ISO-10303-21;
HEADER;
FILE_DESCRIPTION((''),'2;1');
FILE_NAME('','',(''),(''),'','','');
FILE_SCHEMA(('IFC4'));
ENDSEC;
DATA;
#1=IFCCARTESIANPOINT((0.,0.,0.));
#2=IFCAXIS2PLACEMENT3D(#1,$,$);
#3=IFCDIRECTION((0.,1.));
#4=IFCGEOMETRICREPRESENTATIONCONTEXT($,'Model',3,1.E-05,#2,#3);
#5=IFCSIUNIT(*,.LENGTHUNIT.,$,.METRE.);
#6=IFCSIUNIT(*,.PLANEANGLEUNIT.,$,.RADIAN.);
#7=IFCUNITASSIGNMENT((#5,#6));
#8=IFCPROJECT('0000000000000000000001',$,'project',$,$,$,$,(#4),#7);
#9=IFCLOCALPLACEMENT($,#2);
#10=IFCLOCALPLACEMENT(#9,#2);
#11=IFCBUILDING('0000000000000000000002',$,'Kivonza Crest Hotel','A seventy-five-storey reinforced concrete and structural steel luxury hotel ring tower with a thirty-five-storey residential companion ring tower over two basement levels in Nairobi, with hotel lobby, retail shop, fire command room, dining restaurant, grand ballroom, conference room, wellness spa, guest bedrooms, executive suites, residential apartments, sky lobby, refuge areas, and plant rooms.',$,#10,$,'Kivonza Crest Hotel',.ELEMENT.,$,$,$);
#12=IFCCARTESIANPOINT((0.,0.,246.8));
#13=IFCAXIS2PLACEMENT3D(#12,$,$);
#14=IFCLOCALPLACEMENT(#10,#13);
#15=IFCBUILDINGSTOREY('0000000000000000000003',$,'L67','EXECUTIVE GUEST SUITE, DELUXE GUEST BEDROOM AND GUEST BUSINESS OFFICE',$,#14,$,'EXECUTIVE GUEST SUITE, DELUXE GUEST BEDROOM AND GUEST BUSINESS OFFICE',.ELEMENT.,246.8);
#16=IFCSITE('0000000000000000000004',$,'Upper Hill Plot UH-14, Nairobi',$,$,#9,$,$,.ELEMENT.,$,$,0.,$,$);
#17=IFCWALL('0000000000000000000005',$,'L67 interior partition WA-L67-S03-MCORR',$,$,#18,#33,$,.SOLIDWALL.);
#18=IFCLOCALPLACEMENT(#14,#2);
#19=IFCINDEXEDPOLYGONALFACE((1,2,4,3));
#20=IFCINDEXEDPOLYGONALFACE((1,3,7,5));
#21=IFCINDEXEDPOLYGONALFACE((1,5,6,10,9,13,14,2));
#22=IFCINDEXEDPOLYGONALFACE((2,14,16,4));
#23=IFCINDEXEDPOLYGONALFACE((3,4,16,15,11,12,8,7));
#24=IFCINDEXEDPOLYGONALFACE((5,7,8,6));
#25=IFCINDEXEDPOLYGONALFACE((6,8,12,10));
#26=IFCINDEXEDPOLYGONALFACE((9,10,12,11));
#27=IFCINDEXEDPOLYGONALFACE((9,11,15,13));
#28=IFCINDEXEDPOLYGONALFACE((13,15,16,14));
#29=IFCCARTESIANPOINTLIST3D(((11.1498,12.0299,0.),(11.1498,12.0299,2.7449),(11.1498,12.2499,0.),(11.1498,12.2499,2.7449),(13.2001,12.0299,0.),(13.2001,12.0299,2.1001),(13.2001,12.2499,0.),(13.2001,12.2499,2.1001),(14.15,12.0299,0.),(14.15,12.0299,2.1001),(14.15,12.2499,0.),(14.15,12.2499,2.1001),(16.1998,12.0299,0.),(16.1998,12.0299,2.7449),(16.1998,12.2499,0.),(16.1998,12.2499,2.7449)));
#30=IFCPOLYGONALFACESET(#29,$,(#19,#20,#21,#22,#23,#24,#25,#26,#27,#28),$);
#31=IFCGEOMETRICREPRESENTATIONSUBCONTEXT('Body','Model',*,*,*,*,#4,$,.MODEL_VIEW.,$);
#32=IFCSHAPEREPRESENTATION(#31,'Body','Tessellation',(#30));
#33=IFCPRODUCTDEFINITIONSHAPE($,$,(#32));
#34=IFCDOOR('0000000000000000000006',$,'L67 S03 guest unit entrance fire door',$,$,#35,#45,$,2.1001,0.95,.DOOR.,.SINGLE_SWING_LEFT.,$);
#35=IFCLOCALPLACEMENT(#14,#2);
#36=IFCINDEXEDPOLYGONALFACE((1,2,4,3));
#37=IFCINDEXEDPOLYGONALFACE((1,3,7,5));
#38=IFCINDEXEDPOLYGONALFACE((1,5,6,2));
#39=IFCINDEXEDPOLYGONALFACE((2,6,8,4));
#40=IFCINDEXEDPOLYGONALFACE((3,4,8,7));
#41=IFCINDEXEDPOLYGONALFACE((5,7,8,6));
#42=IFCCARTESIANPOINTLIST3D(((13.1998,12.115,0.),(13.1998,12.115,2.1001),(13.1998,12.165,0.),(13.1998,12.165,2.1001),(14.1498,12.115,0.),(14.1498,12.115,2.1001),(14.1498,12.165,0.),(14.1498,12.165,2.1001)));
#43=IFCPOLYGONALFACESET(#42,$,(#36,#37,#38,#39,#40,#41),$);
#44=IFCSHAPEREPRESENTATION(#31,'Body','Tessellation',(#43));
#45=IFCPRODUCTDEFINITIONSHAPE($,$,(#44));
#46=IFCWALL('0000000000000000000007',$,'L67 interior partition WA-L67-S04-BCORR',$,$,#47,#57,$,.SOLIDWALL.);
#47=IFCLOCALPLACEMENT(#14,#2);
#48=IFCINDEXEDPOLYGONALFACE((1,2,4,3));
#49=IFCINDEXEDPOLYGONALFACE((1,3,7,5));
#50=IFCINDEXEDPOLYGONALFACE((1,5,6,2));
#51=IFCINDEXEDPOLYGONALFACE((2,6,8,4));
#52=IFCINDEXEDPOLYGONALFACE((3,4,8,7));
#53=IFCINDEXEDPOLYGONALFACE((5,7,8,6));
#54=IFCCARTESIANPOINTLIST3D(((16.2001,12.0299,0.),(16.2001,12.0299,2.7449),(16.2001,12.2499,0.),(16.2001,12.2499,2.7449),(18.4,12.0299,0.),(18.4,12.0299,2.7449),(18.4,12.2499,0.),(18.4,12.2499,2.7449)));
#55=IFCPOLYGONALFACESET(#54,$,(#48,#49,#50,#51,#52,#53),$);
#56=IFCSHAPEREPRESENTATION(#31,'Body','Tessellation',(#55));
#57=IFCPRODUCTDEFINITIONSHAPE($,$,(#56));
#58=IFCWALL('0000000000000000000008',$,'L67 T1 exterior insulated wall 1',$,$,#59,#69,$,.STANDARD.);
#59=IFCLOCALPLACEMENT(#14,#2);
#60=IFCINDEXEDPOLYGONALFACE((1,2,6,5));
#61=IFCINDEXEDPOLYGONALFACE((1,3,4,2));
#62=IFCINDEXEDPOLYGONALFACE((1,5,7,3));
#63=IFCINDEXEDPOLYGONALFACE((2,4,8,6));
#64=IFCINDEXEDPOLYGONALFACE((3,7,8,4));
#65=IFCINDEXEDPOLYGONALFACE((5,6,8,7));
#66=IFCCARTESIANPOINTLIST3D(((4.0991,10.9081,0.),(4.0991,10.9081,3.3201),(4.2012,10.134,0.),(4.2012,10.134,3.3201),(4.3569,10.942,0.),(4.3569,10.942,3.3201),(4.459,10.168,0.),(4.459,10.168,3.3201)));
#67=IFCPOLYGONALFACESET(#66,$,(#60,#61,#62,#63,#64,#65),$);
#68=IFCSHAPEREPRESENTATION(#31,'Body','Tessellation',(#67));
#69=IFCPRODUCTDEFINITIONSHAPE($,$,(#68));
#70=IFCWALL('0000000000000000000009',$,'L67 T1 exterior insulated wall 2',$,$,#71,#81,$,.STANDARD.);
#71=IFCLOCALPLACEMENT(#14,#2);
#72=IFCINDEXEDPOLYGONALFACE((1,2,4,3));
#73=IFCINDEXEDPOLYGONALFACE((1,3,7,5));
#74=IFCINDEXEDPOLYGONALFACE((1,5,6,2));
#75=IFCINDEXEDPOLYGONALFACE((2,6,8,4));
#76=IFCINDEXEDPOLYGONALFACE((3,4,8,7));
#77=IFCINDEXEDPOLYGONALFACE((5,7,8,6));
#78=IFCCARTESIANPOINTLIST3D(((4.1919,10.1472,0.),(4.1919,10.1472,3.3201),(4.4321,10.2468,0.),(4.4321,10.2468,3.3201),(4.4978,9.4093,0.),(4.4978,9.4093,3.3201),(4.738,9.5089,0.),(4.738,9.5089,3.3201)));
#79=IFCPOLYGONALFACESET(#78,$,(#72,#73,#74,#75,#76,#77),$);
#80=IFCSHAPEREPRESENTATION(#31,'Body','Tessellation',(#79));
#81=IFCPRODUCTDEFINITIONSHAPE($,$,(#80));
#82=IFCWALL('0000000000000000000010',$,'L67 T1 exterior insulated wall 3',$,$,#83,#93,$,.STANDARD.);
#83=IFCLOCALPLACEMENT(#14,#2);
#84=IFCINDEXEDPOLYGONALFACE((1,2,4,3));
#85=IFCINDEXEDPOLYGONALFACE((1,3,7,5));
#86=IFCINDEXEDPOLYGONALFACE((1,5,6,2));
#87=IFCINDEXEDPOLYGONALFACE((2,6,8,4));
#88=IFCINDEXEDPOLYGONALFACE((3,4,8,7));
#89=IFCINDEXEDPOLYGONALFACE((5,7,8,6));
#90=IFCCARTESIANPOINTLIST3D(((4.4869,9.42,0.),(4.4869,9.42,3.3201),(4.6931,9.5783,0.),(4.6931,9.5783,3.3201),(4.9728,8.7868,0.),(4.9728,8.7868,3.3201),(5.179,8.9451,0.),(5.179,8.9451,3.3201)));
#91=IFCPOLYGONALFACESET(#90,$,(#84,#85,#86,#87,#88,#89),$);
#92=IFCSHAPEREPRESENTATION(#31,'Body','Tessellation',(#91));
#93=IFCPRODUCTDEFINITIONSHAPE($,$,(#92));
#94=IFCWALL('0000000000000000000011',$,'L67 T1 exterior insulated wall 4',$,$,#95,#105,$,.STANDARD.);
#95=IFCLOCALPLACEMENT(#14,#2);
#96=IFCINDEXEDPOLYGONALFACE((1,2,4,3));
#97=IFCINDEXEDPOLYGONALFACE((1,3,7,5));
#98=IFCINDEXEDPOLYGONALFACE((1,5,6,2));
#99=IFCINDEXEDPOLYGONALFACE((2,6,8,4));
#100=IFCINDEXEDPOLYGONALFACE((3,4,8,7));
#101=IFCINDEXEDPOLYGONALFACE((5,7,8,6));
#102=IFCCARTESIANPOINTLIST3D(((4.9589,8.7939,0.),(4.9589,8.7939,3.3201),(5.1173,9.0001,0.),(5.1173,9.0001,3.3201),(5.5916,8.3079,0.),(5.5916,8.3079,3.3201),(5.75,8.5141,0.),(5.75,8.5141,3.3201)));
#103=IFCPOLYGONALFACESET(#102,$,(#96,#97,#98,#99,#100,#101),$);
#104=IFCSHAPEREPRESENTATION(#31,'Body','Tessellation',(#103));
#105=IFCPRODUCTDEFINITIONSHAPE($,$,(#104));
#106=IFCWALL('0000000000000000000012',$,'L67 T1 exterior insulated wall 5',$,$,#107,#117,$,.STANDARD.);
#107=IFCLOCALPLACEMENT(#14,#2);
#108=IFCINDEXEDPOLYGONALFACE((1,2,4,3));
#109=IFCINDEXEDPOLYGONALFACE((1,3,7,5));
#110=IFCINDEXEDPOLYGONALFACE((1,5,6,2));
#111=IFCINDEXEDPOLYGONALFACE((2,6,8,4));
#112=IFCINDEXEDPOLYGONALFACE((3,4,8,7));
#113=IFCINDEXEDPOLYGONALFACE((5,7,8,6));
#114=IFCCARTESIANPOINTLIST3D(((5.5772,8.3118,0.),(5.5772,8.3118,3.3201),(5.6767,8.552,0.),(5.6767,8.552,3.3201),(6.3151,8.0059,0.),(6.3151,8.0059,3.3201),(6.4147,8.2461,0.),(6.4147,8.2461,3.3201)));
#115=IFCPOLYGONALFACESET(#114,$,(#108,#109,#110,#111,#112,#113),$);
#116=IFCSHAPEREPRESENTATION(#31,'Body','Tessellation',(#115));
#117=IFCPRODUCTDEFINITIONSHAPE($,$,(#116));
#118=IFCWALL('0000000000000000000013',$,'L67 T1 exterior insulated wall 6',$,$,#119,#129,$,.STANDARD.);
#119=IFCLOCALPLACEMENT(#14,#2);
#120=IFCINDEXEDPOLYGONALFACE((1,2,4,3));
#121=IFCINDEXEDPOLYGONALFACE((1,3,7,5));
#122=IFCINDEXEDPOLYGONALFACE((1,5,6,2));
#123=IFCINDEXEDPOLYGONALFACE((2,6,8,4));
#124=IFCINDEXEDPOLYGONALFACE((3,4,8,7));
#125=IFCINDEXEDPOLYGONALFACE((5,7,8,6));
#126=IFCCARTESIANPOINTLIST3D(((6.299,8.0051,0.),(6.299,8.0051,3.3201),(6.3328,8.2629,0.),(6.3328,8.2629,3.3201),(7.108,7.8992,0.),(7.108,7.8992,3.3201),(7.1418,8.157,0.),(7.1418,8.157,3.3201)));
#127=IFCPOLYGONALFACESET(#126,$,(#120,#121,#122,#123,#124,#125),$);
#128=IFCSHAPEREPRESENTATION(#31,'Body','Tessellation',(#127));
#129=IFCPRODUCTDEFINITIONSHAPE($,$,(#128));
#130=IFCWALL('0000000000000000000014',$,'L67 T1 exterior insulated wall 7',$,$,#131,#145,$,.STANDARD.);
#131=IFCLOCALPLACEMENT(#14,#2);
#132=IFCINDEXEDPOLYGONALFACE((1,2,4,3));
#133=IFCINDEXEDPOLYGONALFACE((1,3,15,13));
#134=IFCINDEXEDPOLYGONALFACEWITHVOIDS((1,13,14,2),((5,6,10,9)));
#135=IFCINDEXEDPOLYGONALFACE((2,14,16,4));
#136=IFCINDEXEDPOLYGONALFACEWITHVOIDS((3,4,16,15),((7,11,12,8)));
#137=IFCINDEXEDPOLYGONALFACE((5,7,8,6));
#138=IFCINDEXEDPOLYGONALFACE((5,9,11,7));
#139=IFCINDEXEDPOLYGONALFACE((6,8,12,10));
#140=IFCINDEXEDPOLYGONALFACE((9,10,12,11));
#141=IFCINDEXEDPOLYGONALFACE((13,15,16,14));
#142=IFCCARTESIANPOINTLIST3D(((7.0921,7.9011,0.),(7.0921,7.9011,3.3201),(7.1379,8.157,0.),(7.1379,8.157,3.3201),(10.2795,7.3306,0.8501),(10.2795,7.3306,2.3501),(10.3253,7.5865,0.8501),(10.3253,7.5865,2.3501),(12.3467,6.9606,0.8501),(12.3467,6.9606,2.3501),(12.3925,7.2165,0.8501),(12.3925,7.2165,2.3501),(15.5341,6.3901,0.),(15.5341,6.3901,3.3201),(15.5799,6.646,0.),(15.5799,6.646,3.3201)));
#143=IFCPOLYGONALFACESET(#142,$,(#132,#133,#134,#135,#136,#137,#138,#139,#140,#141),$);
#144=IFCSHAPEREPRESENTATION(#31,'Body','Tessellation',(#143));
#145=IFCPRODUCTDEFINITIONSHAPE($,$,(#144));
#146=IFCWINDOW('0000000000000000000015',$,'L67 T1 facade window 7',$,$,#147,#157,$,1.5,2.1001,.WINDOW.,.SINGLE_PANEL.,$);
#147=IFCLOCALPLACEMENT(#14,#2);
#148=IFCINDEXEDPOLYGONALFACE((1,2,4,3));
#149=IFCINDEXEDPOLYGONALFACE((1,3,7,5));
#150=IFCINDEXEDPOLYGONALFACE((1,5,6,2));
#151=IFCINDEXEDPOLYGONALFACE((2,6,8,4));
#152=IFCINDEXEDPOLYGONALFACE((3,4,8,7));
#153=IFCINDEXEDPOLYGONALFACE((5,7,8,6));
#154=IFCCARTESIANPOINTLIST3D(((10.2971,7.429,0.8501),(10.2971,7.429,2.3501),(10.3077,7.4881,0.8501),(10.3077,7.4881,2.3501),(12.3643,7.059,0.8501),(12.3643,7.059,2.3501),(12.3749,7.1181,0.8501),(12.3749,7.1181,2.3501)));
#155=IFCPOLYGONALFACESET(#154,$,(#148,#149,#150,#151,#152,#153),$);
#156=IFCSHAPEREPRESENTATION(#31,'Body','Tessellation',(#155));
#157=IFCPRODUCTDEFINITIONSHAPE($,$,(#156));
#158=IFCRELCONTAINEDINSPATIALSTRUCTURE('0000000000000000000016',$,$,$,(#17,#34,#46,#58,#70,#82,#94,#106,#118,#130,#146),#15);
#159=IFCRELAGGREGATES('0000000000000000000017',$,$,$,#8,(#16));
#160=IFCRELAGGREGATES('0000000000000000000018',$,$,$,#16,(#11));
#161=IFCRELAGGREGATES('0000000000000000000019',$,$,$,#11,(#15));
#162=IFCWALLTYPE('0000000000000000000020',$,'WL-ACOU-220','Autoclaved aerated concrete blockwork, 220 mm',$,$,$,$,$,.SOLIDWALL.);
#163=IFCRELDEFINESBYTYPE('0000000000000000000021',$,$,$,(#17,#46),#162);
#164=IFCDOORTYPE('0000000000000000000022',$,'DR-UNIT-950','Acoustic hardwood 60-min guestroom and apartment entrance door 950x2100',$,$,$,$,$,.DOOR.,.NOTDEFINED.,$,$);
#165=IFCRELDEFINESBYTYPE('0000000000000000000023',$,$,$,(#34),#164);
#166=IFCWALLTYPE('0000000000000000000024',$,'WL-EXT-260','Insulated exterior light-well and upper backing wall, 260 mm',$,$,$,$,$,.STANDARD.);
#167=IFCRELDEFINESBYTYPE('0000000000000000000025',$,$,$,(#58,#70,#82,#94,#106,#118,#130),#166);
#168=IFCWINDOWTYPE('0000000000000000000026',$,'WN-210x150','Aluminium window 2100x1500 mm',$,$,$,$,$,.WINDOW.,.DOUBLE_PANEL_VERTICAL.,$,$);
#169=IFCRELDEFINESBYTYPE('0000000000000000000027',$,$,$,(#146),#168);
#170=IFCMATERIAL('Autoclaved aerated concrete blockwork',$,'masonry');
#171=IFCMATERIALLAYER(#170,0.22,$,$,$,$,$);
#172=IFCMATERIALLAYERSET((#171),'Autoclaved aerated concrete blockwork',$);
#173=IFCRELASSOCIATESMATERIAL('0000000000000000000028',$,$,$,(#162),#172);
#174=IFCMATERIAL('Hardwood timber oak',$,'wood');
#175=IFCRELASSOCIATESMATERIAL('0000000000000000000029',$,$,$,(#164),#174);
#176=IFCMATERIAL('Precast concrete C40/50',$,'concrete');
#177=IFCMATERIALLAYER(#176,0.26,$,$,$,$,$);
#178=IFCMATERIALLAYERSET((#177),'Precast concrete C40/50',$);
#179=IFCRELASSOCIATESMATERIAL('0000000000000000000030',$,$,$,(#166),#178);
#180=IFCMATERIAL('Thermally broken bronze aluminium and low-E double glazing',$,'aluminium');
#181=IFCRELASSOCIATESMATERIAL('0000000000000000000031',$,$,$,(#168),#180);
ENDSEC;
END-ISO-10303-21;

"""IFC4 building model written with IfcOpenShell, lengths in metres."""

from ifc_helpers import new_model, si_unit, direction, frame, frame_2d, origin, place, context, subcontext, project, spatial, rectangle, extrude, material, layer, layer_set, type_object, element, fill, save


model = new_model("IFC4")

# Units and contexts
model_context = context("Model", 3, precision=1e-05, world=origin(), true_north=direction((0.0, 1.0)))
body_context = subcontext(model_context, "Body", "Model", "MODEL_VIEW")
ifc_project = project(units=[si_unit("LENGTHUNIT", "METRE"), si_unit("PLANEANGLEUNIT", "RADIAN")], contexts=[model_context])

# Site, building, storey
site_placement = place(None, origin())
site = spatial("IfcSite", under=ifc_project, at=site_placement, Name="Upper Hill Plot UH-14, Nairobi", CompositionType="ELEMENT", RefElevation=0.0)
building_placement = place(site_placement, origin())
building = spatial("IfcBuilding", under=site, at=building_placement, Name="Kivonza Crest Hotel", Description="A seventy-five-storey reinforced concrete and structural steel luxury hotel ring tower with a thirty-five-storey residential companion ring tower over two basement levels in Nairobi, with hotel lobby, retail shop, fire command room, dining restaurant, grand ballroom, conference room, wellness spa, guest bedrooms, executive suites, residential apartments, sky lobby, refuge areas, and plant rooms.", LongName="Kivonza Crest Hotel", CompositionType="ELEMENT")
storey_placement = place(building_placement, frame((0.0, 0.0, 246.8)))
storey = spatial("IfcBuildingStorey", under=building, at=storey_placement, Name="L67", Description="EXECUTIVE GUEST SUITE, DELUXE GUEST BEDROOM AND GUEST BUSINESS OFFICE", LongName="EXECUTIVE GUEST SUITE, DELUXE GUEST BEDROOM AND GUEST BUSINESS OFFICE", CompositionType="ELEMENT", Elevation=246.8)

# Shared definitions
ifc_material_1 = material(Name="Autoclaved aerated concrete blockwork", Category="masonry")
ifc_layer_1 = layer(ifc_material_1, 0.22)
ifc_layer_set_1 = layer_set([ifc_layer_1], Name="Autoclaved aerated concrete blockwork")
wall_type_1 = type_object("IfcWallType", Name="WL-ACOU-220", Description="Autoclaved aerated concrete blockwork, 220 mm", PredefinedType="SOLIDWALL", material=ifc_layer_set_1)

# Wall, opening, door
wall_1_placement = place(storey_placement, frame((11.1499, 12.1399, 0.0), z_axis=(0.0, 0.0, 1.0), x_axis=(1.0, 0.0, 0.0)))
wall_1 = element("IfcWall", 1, at=wall_1_placement, inside=storey, type_object=wall_type_1, Name="L67 interior partition WA-L67-S03-MCORR", PredefinedType="SOLIDWALL", context=body_context, shape_type="SweptSolid", body=[
    extrude(rectangle(XDim=5.05, YDim=0.22, at=frame_2d((2.5249, 0.0))), origin(), (0.0, 0.0, 1.0), 2.7449),
])
opening_1_placement = place(wall_1_placement, frame((2.05, 0.0, 0.0)))
opening_1 = element("IfcOpeningElement", 2, at=opening_1_placement, cuts=wall_1, PredefinedType="OPENING", context=body_context, shape_type="SweptSolid", body=[
    extrude(rectangle(XDim=0.95, YDim=2.1001, at=frame_2d((0.4751, 1.05))), frame((0.0, 0.1201, 0.0), z_axis=(0.0, -1.0, 0.0), x_axis=(1.0, 0.0, 0.0)), (0.0, 0.0, 1.0), 0.24),
])
ifc_material_2 = material(Name="Hardwood timber oak", Category="wood")
door_type_1 = type_object("IfcDoorType", Name="DR-UNIT-950", Description="Acoustic hardwood 60-min guestroom and apartment entrance door 950x2100", OperationType="NOTDEFINED", PredefinedType="DOOR", material=ifc_material_2)
door_1_placement = place(opening_1_placement, frame((0.95, 0.0, 0.0), z_axis=(0.0, 0.0, 1.0), x_axis=(-1.0, 0.0, 0.0)))
door_1 = element("IfcDoor", 3, at=door_1_placement, inside=storey, type_object=door_type_1, Name="L67 S03 guest unit entrance fire door", OperationType="SINGLE_SWING_LEFT", OverallHeight=2.1001, OverallWidth=0.95, PredefinedType="DOOR", context=body_context, shape_type="SweptSolid", body=[
    extrude(rectangle(XDim=0.95, YDim=2.1001, at=frame_2d((0.4751, 1.05))), frame((0.0, 0.0249, 0.0), z_axis=(0.0, -1.0, 0.0), x_axis=(1.0, 0.0, 0.0)), (0.0, 0.0, 1.0), 0.05),
])
fill(opening_1, door_1)

# Walls
wall_2_placement = place(storey_placement, frame((16.2, 12.1399, 0.0), z_axis=(0.0, 0.0, 1.0), x_axis=(1.0, 0.0, 0.0)))
element("IfcWall", 4, at=wall_2_placement, inside=storey, type_object=wall_type_1, Name="L67 interior partition WA-L67-S04-BCORR", PredefinedType="SOLIDWALL", context=body_context, shape_type="SweptSolid", body=[
    extrude(rectangle(XDim=2.2, YDim=0.22, at=frame_2d((1.1001, 0.0))), origin(), (0.0, 0.0, 1.0), 2.7449),
])
ifc_material_3 = material(Name="Precast concrete C40/50", Category="concrete")
ifc_layer_2 = layer(ifc_material_3, 0.26)
ifc_layer_set_2 = layer_set([ifc_layer_2], Name="Precast concrete C40/50")
wall_type_2 = type_object("IfcWallType", Name="WL-EXT-260", Description="Insulated exterior light-well and upper backing wall, 260 mm", PredefinedType="STANDARD", material=ifc_layer_set_2)
wall_3_placement = place(storey_placement, frame((4.228, 10.925, 0.0), z_axis=(0.0, 0.0, 1.0), x_axis=(0.130689, -0.991423, 0.0)))
element("IfcWall", 5, at=wall_3_placement, inside=storey, type_object=wall_type_2, Name="L67 T1 exterior insulated wall 1", PredefinedType="STANDARD", context=body_context, shape_type="SweptSolid", body=[
    extrude(rectangle(XDim=0.7808, YDim=0.26, at=frame_2d((0.3904, 0.0))), origin(), (0.0, 0.0, 1.0), 3.3201),
])
wall_4_placement = place(storey_placement, frame((4.312, 10.197, 0.0), z_axis=(0.0, 0.0, 1.0), x_axis=(0.382901, -0.92379, 0.0)))
element("IfcWall", 6, at=wall_4_placement, inside=storey, type_object=wall_type_2, Name="L67 T1 exterior insulated wall 2", PredefinedType="STANDARD", context=body_context, shape_type="SweptSolid", body=[
    extrude(rectangle(XDim=0.7988, YDim=0.26, at=frame_2d((0.3994, 0.0))), origin(), (0.0, 0.0, 1.0), 3.3201),
])
wall_5_placement = place(storey_placement, frame((4.5901, 9.499, 0.0), z_axis=(0.0, 0.0, 1.0), x_axis=(0.608823, -0.793306, 0.0)))
element("IfcWall", 7, at=wall_5_placement, inside=storey, type_object=wall_type_2, Name="L67 T1 exterior insulated wall 3", PredefinedType="STANDARD", context=body_context, shape_type="SweptSolid", body=[
    extrude(rectangle(XDim=0.7981, YDim=0.26, at=frame_2d((0.3989, 0.0))), origin(), (0.0, 0.0, 1.0), 3.3201),
])
wall_6_placement = place(storey_placement, frame((5.0381, 8.897, 0.0), z_axis=(0.0, 0.0, 1.0), x_axis=(0.793045, -0.609164, 0.0)))
element("IfcWall", 8, at=wall_6_placement, inside=storey, type_object=wall_type_2, Name="L67 T1 exterior insulated wall 4", PredefinedType="STANDARD", context=body_context, shape_type="SweptSolid", body=[
    extrude(rectangle(XDim=0.7979, YDim=0.26, at=frame_2d((0.3989, 0.0))), origin(), (0.0, 0.0, 1.0), 3.3201),
])
wall_7_placement = place(storey_placement, frame((5.627, 8.4319, 0.0), z_axis=(0.0, 0.0, 1.0), x_axis=(0.92379, -0.382901, 0.0)))
element("IfcWall", 9, at=wall_7_placement, inside=storey, type_object=wall_type_2, Name="L67 T1 exterior insulated wall 5", PredefinedType="STANDARD", context=body_context, shape_type="SweptSolid", body=[
    extrude(rectangle(XDim=0.7988, YDim=0.26, at=frame_2d((0.3994, 0.0))), origin(), (0.0, 0.0, 1.0), 3.3201),
])
wall_8_placement = place(storey_placement, frame((6.3159, 8.134, 0.0), z_axis=(0.0, 0.0, 1.0), x_axis=(0.991534, -0.129851, 0.0)))
element("IfcWall", 10, at=wall_8_placement, inside=storey, type_object=wall_type_2, Name="L67 T1 exterior insulated wall 6", PredefinedType="STANDARD", context=body_context, shape_type="SweptSolid", body=[
    extrude(rectangle(XDim=0.8159, YDim=0.26, at=frame_2d((0.408, 0.0))), origin(), (0.0, 0.0, 1.0), 3.3201),
])

# Wall, opening, window
wall_9_placement = place(storey_placement, frame((7.115, 8.0291, 0.0), z_axis=(0.0, 0.0, 1.0), x_axis=(0.984357, -0.176187, 0.0)))
wall_9 = element("IfcWall", 11, at=wall_9_placement, inside=storey, type_object=wall_type_2, Name="L67 T1 exterior insulated wall 7", PredefinedType="STANDARD", context=body_context, shape_type="SweptSolid", body=[
    extrude(rectangle(XDim=8.5762, YDim=0.26, at=frame_2d((4.2881, 0.0))), origin(), (0.0, 0.0, 1.0), 3.3201),
])
opening_2_placement = place(wall_9_placement, frame((3.238, 0.0, 0.8501)))
opening_2 = element("IfcOpeningElement", 12, at=opening_2_placement, cuts=wall_9, PredefinedType="OPENING", context=body_context, shape_type="SweptSolid", body=[
    extrude(rectangle(XDim=2.1001, YDim=1.5, at=frame_2d((1.05, 0.75))), frame((0.0, 0.1401, 0.0), z_axis=(0.0, -1.0, 0.0), x_axis=(1.0, 0.0, 0.0)), (0.0, 0.0, 1.0), 0.28),
])
ifc_material_4 = material(Name="Thermally broken bronze aluminium and low-E double glazing", Category="aluminium")
window_type = type_object("IfcWindowType", Name="WN-210x150", Description="Aluminium window 2100x1500 mm", PartitioningType="DOUBLE_PANEL_VERTICAL", PredefinedType="WINDOW", material=ifc_material_4)
window_placement = place(opening_2_placement, origin())
window = element("IfcWindow", 13, at=window_placement, inside=storey, type_object=window_type, Name="L67 T1 facade window 7", OverallHeight=1.5, OverallWidth=2.1001, PartitioningType="SINGLE_PANEL", PredefinedType="WINDOW", context=body_context, shape_type="SweptSolid", body=[
    extrude(rectangle(XDim=2.1001, YDim=1.5, at=frame_2d((1.05, 0.75))), frame((0.0, 0.03, 0.0), z_axis=(0.0, -1.0, 0.0), x_axis=(1.0, 0.0, 0.0)), (0.0, 0.0, 1.0), 0.0601),
])
fill(opening_2, window)

save(model, "model.ifc")
